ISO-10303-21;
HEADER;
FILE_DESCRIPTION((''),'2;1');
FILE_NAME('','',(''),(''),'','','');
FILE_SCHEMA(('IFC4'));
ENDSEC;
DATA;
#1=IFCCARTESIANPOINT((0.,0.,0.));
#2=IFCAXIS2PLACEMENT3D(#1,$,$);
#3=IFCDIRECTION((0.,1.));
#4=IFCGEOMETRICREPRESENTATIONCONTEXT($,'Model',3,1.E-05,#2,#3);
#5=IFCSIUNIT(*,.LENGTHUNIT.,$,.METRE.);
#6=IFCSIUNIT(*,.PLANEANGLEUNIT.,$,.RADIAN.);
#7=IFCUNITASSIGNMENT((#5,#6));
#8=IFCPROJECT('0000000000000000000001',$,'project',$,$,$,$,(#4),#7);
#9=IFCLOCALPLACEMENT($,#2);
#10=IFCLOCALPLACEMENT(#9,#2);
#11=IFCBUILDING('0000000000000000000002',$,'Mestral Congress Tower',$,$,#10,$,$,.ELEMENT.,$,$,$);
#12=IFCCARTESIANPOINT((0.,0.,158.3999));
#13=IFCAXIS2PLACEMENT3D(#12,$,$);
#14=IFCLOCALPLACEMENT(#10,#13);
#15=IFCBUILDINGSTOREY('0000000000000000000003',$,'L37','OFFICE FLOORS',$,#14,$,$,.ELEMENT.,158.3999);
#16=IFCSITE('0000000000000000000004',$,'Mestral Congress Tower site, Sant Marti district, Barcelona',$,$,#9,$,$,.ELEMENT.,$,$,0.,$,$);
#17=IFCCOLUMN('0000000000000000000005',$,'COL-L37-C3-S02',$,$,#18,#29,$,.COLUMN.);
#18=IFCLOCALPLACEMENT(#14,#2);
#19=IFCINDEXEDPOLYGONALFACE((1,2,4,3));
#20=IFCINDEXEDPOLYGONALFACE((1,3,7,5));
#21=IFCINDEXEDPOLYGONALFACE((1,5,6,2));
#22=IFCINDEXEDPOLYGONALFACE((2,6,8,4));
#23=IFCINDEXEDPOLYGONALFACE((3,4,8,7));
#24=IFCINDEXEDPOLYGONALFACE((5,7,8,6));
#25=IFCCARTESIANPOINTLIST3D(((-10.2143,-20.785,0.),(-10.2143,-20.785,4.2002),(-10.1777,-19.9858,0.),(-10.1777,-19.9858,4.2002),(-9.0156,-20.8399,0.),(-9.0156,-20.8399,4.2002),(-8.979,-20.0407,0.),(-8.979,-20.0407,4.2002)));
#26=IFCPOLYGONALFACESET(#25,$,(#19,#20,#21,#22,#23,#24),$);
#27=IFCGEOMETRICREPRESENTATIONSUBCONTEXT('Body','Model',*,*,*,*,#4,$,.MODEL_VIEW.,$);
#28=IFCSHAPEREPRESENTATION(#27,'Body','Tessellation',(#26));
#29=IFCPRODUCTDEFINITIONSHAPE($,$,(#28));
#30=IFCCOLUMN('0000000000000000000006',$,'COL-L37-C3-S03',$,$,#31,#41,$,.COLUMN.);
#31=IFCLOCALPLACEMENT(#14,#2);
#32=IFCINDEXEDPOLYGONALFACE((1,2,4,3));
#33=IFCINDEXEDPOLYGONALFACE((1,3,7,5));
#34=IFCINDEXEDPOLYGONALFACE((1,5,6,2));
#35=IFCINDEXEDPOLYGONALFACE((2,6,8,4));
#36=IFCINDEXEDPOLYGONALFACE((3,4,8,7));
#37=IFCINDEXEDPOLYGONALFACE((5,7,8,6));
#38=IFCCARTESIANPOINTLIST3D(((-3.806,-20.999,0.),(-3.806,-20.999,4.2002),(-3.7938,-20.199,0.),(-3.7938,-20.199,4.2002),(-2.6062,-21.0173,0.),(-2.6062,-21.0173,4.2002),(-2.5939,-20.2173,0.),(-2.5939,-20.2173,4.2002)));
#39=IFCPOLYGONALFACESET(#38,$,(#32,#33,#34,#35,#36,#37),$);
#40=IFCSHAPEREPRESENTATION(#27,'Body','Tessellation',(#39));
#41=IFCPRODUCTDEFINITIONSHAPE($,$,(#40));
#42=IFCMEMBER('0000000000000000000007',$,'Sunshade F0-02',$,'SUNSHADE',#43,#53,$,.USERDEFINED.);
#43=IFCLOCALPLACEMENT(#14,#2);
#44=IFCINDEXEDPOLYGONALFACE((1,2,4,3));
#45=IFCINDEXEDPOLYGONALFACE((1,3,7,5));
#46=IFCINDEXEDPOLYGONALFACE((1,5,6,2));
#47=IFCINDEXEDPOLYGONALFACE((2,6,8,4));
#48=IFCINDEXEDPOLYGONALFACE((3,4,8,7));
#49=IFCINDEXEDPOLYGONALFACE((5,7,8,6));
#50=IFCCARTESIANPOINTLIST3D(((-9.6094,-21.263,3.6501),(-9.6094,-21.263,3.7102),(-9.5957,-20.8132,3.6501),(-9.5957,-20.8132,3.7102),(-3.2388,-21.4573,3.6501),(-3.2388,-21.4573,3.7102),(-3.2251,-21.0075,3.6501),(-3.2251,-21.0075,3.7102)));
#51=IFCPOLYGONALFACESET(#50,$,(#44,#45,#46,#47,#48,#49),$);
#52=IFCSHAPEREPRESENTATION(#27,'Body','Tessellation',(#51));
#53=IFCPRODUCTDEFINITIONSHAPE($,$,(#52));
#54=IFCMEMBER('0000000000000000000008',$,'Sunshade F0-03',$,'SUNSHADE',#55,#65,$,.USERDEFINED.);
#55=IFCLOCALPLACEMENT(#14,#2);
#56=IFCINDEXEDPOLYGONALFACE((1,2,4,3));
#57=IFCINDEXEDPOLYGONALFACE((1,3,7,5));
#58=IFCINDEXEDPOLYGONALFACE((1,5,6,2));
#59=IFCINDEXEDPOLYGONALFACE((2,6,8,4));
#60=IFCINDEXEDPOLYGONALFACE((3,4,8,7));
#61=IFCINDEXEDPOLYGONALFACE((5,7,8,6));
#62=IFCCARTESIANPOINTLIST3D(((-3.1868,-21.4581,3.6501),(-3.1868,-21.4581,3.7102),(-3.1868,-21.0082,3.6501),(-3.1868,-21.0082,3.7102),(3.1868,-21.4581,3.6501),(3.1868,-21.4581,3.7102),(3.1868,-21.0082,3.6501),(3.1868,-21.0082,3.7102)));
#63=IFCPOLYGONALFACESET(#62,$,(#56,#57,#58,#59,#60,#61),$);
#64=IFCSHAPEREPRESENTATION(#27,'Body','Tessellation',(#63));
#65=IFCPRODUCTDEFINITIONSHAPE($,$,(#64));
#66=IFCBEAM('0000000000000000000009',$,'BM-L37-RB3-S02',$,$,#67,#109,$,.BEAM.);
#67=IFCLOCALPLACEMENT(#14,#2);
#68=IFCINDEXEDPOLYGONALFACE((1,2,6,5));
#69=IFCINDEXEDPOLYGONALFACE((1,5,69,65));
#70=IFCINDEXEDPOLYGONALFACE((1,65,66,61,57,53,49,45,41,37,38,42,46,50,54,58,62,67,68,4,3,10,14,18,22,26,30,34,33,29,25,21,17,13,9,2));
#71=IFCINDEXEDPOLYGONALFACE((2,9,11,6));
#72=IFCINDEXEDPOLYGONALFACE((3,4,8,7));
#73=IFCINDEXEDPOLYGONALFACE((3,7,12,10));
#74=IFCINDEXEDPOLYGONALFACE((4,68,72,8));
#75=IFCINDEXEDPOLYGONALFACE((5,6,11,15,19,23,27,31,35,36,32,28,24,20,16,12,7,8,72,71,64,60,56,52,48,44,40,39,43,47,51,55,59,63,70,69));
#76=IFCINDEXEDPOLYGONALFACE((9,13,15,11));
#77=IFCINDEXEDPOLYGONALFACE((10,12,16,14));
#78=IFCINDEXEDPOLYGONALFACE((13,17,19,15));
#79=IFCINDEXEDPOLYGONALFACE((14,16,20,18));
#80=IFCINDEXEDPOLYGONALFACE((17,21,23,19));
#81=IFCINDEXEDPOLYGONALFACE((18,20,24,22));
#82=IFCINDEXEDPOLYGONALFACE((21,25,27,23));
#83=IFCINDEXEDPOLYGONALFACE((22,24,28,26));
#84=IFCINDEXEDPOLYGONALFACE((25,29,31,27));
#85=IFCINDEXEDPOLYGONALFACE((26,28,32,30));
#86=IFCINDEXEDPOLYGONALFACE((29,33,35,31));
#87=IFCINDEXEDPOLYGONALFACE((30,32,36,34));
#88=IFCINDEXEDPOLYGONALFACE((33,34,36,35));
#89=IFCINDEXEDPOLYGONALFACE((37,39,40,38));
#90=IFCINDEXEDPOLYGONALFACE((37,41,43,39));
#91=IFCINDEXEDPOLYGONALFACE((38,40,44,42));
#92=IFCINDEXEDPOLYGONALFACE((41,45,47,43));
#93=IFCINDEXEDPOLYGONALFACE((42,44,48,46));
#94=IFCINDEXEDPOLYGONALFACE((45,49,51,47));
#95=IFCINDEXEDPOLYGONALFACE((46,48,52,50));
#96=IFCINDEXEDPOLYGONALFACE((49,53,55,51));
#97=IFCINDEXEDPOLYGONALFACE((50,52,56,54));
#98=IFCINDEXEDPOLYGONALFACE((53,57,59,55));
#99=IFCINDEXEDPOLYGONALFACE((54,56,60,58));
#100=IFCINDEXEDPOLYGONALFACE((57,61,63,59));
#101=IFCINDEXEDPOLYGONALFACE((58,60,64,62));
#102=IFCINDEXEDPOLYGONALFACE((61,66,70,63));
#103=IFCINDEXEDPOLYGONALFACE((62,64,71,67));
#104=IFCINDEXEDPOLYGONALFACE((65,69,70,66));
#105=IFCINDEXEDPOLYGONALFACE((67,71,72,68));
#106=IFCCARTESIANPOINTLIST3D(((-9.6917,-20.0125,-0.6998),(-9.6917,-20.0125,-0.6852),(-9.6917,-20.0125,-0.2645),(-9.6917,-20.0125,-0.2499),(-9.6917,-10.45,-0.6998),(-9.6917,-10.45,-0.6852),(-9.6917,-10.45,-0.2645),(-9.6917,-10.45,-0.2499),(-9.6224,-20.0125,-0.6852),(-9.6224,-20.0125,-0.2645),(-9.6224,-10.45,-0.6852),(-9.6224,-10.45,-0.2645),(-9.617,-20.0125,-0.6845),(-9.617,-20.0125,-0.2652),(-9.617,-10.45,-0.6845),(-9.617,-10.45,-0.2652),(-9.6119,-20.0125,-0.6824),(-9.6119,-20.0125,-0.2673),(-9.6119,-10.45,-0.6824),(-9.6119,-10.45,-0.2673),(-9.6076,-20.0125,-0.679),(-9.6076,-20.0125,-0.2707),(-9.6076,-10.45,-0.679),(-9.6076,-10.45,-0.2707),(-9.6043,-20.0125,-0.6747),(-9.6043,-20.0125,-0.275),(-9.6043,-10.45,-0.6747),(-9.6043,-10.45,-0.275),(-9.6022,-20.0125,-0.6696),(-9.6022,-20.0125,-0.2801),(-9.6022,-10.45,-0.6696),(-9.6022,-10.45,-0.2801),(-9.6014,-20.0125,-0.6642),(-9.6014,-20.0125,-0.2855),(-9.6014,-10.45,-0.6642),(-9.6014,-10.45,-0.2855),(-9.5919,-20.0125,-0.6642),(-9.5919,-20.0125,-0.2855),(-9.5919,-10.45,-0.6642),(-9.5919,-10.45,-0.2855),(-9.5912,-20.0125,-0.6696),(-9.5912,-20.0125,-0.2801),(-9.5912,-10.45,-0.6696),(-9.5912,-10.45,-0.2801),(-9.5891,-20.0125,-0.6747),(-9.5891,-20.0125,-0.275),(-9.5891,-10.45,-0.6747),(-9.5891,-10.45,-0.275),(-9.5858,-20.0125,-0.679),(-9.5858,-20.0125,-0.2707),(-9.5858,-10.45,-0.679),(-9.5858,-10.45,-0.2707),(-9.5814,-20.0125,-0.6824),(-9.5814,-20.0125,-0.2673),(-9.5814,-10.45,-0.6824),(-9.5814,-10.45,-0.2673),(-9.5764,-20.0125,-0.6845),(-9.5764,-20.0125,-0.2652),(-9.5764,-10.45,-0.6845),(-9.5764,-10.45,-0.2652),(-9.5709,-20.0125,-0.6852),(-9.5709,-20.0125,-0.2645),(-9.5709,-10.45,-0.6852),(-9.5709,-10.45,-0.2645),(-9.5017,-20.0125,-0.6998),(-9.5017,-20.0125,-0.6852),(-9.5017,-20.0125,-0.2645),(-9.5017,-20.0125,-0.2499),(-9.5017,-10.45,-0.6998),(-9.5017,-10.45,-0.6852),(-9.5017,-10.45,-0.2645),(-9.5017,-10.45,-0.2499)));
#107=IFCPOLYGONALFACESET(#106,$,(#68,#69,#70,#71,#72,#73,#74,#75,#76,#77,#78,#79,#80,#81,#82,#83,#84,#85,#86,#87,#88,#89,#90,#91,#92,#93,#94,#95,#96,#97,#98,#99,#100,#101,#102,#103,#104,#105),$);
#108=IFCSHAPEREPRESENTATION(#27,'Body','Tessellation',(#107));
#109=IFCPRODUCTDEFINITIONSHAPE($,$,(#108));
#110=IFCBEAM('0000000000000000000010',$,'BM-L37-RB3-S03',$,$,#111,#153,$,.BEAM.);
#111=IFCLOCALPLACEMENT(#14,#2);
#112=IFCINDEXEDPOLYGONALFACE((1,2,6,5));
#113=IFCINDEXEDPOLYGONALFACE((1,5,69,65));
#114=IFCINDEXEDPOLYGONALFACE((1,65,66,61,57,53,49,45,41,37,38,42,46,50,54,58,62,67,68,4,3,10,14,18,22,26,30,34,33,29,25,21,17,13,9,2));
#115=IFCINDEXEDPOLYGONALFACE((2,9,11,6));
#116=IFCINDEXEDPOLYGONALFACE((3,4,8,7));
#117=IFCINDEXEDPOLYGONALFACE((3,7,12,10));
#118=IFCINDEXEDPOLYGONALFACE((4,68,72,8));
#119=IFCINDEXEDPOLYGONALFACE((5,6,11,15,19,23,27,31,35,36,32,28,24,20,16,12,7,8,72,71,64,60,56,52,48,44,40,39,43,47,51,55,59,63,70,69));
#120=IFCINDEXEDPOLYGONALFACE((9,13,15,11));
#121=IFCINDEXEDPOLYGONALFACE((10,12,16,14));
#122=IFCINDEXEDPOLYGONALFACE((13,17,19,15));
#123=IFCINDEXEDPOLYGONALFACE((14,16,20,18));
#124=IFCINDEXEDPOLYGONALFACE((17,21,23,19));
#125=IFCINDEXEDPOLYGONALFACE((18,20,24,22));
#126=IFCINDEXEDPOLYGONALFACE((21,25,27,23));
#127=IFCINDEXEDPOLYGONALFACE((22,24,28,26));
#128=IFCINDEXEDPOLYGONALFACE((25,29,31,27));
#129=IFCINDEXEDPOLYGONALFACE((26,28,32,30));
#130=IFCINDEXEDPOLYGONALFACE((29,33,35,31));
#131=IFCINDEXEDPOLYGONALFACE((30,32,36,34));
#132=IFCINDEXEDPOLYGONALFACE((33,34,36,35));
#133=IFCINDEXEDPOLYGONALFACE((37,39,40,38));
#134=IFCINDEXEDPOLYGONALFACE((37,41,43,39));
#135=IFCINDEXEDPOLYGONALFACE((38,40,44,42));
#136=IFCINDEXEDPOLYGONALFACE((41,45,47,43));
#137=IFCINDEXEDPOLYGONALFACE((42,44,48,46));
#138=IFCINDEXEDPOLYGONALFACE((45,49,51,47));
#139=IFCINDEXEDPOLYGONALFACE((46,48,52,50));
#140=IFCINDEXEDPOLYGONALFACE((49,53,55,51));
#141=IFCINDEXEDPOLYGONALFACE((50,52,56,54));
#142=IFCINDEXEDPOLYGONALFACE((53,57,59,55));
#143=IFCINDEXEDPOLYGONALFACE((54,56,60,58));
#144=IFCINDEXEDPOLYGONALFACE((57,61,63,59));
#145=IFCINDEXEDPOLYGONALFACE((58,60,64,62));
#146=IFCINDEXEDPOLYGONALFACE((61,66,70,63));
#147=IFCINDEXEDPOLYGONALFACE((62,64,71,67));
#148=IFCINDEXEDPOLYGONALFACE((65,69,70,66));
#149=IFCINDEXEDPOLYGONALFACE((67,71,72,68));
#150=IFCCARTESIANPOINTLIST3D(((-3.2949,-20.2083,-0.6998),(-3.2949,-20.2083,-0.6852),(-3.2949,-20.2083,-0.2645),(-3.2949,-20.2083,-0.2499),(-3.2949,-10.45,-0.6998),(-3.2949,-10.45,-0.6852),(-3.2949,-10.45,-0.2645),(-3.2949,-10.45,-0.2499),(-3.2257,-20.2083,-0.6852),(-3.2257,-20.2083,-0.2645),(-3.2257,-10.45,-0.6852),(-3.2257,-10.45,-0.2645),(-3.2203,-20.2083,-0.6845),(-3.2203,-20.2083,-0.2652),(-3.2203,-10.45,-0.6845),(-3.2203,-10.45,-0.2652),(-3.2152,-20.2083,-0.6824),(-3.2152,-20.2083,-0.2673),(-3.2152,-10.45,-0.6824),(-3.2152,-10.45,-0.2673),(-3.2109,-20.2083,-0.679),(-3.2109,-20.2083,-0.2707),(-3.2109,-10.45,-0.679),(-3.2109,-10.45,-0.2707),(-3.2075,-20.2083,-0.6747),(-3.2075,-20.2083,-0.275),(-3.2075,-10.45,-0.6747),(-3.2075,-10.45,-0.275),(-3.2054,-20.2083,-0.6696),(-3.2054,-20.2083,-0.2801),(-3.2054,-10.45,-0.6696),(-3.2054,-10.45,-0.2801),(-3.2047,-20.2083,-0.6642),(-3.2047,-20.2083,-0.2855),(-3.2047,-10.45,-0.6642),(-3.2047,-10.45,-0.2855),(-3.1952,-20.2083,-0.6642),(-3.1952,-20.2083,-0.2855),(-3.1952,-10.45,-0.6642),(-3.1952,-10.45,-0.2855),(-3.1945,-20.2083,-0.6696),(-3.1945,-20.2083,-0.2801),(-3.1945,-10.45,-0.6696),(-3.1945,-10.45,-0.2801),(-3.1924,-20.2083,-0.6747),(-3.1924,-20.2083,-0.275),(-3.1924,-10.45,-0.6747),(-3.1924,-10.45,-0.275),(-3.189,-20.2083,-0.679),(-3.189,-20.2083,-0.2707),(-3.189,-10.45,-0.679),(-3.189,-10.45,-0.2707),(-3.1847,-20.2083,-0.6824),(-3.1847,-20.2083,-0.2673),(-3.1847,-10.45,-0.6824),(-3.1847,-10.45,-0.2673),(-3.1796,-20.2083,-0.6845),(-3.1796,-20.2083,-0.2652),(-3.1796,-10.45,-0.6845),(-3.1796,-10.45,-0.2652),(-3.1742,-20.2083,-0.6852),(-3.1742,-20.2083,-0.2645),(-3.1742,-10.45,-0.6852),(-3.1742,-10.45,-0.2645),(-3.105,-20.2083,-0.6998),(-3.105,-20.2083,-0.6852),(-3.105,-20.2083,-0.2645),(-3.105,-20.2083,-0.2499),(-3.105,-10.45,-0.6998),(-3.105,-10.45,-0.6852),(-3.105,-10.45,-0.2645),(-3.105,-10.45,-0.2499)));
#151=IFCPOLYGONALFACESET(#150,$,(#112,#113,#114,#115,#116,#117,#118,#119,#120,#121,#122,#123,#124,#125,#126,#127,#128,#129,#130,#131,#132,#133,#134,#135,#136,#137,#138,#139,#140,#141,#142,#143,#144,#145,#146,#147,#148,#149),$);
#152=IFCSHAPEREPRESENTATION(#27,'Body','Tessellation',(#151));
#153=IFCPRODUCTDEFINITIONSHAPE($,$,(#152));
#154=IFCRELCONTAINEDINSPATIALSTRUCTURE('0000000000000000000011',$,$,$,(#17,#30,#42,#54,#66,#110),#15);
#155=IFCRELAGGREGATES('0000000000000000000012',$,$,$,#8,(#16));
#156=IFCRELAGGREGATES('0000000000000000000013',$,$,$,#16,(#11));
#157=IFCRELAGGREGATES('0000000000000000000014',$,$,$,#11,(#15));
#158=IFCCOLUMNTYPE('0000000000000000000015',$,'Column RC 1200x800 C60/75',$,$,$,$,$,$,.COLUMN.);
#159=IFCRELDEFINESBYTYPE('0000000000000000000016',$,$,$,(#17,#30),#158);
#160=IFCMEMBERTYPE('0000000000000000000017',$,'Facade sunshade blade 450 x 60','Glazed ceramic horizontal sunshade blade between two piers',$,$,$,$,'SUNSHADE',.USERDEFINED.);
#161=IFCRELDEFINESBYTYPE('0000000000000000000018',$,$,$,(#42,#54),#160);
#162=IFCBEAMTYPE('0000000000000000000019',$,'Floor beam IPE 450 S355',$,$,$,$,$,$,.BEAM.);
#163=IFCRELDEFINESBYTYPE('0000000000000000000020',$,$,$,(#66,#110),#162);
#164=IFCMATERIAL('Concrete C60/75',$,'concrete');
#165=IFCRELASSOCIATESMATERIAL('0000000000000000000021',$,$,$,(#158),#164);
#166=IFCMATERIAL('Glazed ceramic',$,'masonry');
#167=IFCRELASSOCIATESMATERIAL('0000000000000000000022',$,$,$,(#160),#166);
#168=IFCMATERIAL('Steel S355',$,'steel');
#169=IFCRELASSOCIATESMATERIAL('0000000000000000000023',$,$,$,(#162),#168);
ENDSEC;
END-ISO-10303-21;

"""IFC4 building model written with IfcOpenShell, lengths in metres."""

from ifc_helpers import new_model, si_unit, direction, frame, origin, origin_2d, place, context, subcontext, project, spatial, rectangle, i_section, extrude, material, material_profile, profile_set, type_object, element, save


model = new_model("IFC4")

# Units and contexts
model_context = context("Model", 3, precision=1e-05, world=origin(), true_north=direction((0.0, 1.0)))
body_context = subcontext(model_context, "Body", "Model", "MODEL_VIEW")
ifc_project = project(units=[si_unit("LENGTHUNIT", "METRE"), si_unit("PLANEANGLEUNIT", "RADIAN")], contexts=[model_context])

# Site, building, storey
site_placement = place(None, origin())
site = spatial("IfcSite", under=ifc_project, at=site_placement, Name="Mestral Congress Tower site, Sant Marti district, Barcelona", CompositionType="ELEMENT", RefElevation=0.0)
building_placement = place(site_placement, origin())
building = spatial("IfcBuilding", under=site, at=building_placement, Name="Mestral Congress Tower", CompositionType="ELEMENT")
storey_placement = place(building_placement, frame((0.0, 0.0, 158.3999)))
storey = spatial("IfcBuildingStorey", under=building, at=storey_placement, Name="L37", Description="OFFICE FLOORS", CompositionType="ELEMENT", Elevation=158.3999)

# Columns
ifc_material_1 = material(Name="Concrete C60/75", Category="concrete")
ifc_material_profile_1 = material_profile(ifc_material_1, rectangle(XDim=1.2, YDim=0.8, at=origin_2d()), Name="RC 1200x800")
ifc_profile_set_1 = profile_set([ifc_material_profile_1], Name="Concrete C60/75")
column_type = type_object("IfcColumnType", Name="Column RC 1200x800 C60/75", PredefinedType="COLUMN", material=ifc_profile_set_1)
for number, where, z_axis, x_axis, name in (
    (1, (-9.5967, -20.4128, 0.0), (0.0, 0.0, 1.0), (0.998952, -0.045771, 0.0), "COL-L37-C3-S02"),
    (2, (-3.2, -20.6082, 0.0), (0.0, 0.0, 1.0), (0.999884, -0.015262, 0.0), "COL-L37-C3-S03"),
):
    element("IfcColumn", number, at=place(storey_placement, frame(where, z_axis=z_axis, x_axis=x_axis)), inside=storey, type_object=column_type, Name=name, PredefinedType="COLUMN", context=body_context, shape_type="SweptSolid", body=[
        extrude(rectangle(XDim=1.2, YDim=0.8, at=origin_2d()), origin(), (0.0, 0.0, 1.0), 4.2002),
    ])

# Members
ifc_material_2 = material(Name="Glazed ceramic", Category="masonry")
ifc_material_profile_2 = material_profile(ifc_material_2, rectangle(XDim=0.45, YDim=0.0601, at=origin_2d()), Name="Ceramic blade 450 x 60")
ifc_profile_set_2 = profile_set([ifc_material_profile_2], Name="Glazed ceramic")
member_type = type_object("IfcMemberType", Name="Facade sunshade blade 450 x 60", Description="Glazed ceramic horizontal sunshade blade between two piers", ElementType="SUNSHADE", PredefinedType="USERDEFINED", material=ifc_profile_set_2)
for number, where, z_axis, x_axis, name in (
    (3, (-9.6025, -21.0381, 3.6802), (0.999535, -0.030491, 0.0), (0.030491, 0.999535, 0.0), "Sunshade F0-02"),
    (4, (-3.1868, -21.2332, 3.6802), (1.0, 0.0, 0.0), (0.0, 1.0, 0.0), "Sunshade F0-03"),
):
    element("IfcMember", number, at=place(storey_placement, frame(where, z_axis=z_axis, x_axis=x_axis)), inside=storey, type_object=member_type, Name=name, ObjectType="SUNSHADE", PredefinedType="USERDEFINED", context=body_context, shape_type="SweptSolid", body=[
        extrude(rectangle(XDim=0.45, YDim=0.0601, at=origin_2d()), origin(), (0.0, 0.0, 1.0), 6.3735),
    ])

# Beams
ifc_material_3 = material(Name="Steel S355", Category="steel")
ifc_material_profile_3 = material_profile(ifc_material_3, i_section(OverallWidth=0.1899, OverallDepth=0.45, WebThickness=0.0095, FlangeThickness=0.0146, FilletRadius=0.021, at=origin_2d()), Name="IPE 450")
ifc_profile_set_3 = profile_set([ifc_material_profile_3], Name="Steel S355")
beam_type_1 = type_object("IfcBeamType", Name="Floor beam IPE 450 S355", PredefinedType="BEAM", material=ifc_profile_set_3)
beam_1_placement = place(storey_placement, frame((-9.5967, -20.0125, -0.4749), z_axis=(0.0, 1.0, 0.0), x_axis=(-1.0, 0.0, 0.0)))
element("IfcBeam", 5, at=beam_1_placement, inside=storey, type_object=beam_type_1, Name="BM-L37-RB3-S02", PredefinedType="BEAM", context=body_context, shape_type="SweptSolid", body=[
    extrude(i_section(OverallWidth=0.1899, OverallDepth=0.45, WebThickness=0.0095, FlangeThickness=0.0146, FilletRadius=0.021, at=origin_2d()), origin(), (0.0, 0.0, 1.0), 9.5625),
])
beam_2_placement = place(storey_placement, frame((-3.2, -20.2083, -0.4749), z_axis=(0.0, 1.0, 0.0), x_axis=(-1.0, 0.0, 0.0)))
element("IfcBeam", 6, at=beam_2_placement, inside=storey, type_object=beam_type_1, Name="BM-L37-RB3-S03", PredefinedType="BEAM", context=body_context, shape_type="SweptSolid", body=[
    extrude(i_section(OverallWidth=0.1899, OverallDepth=0.45, WebThickness=0.0095, FlangeThickness=0.0146, FilletRadius=0.021, at=origin_2d()), origin(), (0.0, 0.0, 1.0), 9.7583),
])

save(model, "model.ifc")
